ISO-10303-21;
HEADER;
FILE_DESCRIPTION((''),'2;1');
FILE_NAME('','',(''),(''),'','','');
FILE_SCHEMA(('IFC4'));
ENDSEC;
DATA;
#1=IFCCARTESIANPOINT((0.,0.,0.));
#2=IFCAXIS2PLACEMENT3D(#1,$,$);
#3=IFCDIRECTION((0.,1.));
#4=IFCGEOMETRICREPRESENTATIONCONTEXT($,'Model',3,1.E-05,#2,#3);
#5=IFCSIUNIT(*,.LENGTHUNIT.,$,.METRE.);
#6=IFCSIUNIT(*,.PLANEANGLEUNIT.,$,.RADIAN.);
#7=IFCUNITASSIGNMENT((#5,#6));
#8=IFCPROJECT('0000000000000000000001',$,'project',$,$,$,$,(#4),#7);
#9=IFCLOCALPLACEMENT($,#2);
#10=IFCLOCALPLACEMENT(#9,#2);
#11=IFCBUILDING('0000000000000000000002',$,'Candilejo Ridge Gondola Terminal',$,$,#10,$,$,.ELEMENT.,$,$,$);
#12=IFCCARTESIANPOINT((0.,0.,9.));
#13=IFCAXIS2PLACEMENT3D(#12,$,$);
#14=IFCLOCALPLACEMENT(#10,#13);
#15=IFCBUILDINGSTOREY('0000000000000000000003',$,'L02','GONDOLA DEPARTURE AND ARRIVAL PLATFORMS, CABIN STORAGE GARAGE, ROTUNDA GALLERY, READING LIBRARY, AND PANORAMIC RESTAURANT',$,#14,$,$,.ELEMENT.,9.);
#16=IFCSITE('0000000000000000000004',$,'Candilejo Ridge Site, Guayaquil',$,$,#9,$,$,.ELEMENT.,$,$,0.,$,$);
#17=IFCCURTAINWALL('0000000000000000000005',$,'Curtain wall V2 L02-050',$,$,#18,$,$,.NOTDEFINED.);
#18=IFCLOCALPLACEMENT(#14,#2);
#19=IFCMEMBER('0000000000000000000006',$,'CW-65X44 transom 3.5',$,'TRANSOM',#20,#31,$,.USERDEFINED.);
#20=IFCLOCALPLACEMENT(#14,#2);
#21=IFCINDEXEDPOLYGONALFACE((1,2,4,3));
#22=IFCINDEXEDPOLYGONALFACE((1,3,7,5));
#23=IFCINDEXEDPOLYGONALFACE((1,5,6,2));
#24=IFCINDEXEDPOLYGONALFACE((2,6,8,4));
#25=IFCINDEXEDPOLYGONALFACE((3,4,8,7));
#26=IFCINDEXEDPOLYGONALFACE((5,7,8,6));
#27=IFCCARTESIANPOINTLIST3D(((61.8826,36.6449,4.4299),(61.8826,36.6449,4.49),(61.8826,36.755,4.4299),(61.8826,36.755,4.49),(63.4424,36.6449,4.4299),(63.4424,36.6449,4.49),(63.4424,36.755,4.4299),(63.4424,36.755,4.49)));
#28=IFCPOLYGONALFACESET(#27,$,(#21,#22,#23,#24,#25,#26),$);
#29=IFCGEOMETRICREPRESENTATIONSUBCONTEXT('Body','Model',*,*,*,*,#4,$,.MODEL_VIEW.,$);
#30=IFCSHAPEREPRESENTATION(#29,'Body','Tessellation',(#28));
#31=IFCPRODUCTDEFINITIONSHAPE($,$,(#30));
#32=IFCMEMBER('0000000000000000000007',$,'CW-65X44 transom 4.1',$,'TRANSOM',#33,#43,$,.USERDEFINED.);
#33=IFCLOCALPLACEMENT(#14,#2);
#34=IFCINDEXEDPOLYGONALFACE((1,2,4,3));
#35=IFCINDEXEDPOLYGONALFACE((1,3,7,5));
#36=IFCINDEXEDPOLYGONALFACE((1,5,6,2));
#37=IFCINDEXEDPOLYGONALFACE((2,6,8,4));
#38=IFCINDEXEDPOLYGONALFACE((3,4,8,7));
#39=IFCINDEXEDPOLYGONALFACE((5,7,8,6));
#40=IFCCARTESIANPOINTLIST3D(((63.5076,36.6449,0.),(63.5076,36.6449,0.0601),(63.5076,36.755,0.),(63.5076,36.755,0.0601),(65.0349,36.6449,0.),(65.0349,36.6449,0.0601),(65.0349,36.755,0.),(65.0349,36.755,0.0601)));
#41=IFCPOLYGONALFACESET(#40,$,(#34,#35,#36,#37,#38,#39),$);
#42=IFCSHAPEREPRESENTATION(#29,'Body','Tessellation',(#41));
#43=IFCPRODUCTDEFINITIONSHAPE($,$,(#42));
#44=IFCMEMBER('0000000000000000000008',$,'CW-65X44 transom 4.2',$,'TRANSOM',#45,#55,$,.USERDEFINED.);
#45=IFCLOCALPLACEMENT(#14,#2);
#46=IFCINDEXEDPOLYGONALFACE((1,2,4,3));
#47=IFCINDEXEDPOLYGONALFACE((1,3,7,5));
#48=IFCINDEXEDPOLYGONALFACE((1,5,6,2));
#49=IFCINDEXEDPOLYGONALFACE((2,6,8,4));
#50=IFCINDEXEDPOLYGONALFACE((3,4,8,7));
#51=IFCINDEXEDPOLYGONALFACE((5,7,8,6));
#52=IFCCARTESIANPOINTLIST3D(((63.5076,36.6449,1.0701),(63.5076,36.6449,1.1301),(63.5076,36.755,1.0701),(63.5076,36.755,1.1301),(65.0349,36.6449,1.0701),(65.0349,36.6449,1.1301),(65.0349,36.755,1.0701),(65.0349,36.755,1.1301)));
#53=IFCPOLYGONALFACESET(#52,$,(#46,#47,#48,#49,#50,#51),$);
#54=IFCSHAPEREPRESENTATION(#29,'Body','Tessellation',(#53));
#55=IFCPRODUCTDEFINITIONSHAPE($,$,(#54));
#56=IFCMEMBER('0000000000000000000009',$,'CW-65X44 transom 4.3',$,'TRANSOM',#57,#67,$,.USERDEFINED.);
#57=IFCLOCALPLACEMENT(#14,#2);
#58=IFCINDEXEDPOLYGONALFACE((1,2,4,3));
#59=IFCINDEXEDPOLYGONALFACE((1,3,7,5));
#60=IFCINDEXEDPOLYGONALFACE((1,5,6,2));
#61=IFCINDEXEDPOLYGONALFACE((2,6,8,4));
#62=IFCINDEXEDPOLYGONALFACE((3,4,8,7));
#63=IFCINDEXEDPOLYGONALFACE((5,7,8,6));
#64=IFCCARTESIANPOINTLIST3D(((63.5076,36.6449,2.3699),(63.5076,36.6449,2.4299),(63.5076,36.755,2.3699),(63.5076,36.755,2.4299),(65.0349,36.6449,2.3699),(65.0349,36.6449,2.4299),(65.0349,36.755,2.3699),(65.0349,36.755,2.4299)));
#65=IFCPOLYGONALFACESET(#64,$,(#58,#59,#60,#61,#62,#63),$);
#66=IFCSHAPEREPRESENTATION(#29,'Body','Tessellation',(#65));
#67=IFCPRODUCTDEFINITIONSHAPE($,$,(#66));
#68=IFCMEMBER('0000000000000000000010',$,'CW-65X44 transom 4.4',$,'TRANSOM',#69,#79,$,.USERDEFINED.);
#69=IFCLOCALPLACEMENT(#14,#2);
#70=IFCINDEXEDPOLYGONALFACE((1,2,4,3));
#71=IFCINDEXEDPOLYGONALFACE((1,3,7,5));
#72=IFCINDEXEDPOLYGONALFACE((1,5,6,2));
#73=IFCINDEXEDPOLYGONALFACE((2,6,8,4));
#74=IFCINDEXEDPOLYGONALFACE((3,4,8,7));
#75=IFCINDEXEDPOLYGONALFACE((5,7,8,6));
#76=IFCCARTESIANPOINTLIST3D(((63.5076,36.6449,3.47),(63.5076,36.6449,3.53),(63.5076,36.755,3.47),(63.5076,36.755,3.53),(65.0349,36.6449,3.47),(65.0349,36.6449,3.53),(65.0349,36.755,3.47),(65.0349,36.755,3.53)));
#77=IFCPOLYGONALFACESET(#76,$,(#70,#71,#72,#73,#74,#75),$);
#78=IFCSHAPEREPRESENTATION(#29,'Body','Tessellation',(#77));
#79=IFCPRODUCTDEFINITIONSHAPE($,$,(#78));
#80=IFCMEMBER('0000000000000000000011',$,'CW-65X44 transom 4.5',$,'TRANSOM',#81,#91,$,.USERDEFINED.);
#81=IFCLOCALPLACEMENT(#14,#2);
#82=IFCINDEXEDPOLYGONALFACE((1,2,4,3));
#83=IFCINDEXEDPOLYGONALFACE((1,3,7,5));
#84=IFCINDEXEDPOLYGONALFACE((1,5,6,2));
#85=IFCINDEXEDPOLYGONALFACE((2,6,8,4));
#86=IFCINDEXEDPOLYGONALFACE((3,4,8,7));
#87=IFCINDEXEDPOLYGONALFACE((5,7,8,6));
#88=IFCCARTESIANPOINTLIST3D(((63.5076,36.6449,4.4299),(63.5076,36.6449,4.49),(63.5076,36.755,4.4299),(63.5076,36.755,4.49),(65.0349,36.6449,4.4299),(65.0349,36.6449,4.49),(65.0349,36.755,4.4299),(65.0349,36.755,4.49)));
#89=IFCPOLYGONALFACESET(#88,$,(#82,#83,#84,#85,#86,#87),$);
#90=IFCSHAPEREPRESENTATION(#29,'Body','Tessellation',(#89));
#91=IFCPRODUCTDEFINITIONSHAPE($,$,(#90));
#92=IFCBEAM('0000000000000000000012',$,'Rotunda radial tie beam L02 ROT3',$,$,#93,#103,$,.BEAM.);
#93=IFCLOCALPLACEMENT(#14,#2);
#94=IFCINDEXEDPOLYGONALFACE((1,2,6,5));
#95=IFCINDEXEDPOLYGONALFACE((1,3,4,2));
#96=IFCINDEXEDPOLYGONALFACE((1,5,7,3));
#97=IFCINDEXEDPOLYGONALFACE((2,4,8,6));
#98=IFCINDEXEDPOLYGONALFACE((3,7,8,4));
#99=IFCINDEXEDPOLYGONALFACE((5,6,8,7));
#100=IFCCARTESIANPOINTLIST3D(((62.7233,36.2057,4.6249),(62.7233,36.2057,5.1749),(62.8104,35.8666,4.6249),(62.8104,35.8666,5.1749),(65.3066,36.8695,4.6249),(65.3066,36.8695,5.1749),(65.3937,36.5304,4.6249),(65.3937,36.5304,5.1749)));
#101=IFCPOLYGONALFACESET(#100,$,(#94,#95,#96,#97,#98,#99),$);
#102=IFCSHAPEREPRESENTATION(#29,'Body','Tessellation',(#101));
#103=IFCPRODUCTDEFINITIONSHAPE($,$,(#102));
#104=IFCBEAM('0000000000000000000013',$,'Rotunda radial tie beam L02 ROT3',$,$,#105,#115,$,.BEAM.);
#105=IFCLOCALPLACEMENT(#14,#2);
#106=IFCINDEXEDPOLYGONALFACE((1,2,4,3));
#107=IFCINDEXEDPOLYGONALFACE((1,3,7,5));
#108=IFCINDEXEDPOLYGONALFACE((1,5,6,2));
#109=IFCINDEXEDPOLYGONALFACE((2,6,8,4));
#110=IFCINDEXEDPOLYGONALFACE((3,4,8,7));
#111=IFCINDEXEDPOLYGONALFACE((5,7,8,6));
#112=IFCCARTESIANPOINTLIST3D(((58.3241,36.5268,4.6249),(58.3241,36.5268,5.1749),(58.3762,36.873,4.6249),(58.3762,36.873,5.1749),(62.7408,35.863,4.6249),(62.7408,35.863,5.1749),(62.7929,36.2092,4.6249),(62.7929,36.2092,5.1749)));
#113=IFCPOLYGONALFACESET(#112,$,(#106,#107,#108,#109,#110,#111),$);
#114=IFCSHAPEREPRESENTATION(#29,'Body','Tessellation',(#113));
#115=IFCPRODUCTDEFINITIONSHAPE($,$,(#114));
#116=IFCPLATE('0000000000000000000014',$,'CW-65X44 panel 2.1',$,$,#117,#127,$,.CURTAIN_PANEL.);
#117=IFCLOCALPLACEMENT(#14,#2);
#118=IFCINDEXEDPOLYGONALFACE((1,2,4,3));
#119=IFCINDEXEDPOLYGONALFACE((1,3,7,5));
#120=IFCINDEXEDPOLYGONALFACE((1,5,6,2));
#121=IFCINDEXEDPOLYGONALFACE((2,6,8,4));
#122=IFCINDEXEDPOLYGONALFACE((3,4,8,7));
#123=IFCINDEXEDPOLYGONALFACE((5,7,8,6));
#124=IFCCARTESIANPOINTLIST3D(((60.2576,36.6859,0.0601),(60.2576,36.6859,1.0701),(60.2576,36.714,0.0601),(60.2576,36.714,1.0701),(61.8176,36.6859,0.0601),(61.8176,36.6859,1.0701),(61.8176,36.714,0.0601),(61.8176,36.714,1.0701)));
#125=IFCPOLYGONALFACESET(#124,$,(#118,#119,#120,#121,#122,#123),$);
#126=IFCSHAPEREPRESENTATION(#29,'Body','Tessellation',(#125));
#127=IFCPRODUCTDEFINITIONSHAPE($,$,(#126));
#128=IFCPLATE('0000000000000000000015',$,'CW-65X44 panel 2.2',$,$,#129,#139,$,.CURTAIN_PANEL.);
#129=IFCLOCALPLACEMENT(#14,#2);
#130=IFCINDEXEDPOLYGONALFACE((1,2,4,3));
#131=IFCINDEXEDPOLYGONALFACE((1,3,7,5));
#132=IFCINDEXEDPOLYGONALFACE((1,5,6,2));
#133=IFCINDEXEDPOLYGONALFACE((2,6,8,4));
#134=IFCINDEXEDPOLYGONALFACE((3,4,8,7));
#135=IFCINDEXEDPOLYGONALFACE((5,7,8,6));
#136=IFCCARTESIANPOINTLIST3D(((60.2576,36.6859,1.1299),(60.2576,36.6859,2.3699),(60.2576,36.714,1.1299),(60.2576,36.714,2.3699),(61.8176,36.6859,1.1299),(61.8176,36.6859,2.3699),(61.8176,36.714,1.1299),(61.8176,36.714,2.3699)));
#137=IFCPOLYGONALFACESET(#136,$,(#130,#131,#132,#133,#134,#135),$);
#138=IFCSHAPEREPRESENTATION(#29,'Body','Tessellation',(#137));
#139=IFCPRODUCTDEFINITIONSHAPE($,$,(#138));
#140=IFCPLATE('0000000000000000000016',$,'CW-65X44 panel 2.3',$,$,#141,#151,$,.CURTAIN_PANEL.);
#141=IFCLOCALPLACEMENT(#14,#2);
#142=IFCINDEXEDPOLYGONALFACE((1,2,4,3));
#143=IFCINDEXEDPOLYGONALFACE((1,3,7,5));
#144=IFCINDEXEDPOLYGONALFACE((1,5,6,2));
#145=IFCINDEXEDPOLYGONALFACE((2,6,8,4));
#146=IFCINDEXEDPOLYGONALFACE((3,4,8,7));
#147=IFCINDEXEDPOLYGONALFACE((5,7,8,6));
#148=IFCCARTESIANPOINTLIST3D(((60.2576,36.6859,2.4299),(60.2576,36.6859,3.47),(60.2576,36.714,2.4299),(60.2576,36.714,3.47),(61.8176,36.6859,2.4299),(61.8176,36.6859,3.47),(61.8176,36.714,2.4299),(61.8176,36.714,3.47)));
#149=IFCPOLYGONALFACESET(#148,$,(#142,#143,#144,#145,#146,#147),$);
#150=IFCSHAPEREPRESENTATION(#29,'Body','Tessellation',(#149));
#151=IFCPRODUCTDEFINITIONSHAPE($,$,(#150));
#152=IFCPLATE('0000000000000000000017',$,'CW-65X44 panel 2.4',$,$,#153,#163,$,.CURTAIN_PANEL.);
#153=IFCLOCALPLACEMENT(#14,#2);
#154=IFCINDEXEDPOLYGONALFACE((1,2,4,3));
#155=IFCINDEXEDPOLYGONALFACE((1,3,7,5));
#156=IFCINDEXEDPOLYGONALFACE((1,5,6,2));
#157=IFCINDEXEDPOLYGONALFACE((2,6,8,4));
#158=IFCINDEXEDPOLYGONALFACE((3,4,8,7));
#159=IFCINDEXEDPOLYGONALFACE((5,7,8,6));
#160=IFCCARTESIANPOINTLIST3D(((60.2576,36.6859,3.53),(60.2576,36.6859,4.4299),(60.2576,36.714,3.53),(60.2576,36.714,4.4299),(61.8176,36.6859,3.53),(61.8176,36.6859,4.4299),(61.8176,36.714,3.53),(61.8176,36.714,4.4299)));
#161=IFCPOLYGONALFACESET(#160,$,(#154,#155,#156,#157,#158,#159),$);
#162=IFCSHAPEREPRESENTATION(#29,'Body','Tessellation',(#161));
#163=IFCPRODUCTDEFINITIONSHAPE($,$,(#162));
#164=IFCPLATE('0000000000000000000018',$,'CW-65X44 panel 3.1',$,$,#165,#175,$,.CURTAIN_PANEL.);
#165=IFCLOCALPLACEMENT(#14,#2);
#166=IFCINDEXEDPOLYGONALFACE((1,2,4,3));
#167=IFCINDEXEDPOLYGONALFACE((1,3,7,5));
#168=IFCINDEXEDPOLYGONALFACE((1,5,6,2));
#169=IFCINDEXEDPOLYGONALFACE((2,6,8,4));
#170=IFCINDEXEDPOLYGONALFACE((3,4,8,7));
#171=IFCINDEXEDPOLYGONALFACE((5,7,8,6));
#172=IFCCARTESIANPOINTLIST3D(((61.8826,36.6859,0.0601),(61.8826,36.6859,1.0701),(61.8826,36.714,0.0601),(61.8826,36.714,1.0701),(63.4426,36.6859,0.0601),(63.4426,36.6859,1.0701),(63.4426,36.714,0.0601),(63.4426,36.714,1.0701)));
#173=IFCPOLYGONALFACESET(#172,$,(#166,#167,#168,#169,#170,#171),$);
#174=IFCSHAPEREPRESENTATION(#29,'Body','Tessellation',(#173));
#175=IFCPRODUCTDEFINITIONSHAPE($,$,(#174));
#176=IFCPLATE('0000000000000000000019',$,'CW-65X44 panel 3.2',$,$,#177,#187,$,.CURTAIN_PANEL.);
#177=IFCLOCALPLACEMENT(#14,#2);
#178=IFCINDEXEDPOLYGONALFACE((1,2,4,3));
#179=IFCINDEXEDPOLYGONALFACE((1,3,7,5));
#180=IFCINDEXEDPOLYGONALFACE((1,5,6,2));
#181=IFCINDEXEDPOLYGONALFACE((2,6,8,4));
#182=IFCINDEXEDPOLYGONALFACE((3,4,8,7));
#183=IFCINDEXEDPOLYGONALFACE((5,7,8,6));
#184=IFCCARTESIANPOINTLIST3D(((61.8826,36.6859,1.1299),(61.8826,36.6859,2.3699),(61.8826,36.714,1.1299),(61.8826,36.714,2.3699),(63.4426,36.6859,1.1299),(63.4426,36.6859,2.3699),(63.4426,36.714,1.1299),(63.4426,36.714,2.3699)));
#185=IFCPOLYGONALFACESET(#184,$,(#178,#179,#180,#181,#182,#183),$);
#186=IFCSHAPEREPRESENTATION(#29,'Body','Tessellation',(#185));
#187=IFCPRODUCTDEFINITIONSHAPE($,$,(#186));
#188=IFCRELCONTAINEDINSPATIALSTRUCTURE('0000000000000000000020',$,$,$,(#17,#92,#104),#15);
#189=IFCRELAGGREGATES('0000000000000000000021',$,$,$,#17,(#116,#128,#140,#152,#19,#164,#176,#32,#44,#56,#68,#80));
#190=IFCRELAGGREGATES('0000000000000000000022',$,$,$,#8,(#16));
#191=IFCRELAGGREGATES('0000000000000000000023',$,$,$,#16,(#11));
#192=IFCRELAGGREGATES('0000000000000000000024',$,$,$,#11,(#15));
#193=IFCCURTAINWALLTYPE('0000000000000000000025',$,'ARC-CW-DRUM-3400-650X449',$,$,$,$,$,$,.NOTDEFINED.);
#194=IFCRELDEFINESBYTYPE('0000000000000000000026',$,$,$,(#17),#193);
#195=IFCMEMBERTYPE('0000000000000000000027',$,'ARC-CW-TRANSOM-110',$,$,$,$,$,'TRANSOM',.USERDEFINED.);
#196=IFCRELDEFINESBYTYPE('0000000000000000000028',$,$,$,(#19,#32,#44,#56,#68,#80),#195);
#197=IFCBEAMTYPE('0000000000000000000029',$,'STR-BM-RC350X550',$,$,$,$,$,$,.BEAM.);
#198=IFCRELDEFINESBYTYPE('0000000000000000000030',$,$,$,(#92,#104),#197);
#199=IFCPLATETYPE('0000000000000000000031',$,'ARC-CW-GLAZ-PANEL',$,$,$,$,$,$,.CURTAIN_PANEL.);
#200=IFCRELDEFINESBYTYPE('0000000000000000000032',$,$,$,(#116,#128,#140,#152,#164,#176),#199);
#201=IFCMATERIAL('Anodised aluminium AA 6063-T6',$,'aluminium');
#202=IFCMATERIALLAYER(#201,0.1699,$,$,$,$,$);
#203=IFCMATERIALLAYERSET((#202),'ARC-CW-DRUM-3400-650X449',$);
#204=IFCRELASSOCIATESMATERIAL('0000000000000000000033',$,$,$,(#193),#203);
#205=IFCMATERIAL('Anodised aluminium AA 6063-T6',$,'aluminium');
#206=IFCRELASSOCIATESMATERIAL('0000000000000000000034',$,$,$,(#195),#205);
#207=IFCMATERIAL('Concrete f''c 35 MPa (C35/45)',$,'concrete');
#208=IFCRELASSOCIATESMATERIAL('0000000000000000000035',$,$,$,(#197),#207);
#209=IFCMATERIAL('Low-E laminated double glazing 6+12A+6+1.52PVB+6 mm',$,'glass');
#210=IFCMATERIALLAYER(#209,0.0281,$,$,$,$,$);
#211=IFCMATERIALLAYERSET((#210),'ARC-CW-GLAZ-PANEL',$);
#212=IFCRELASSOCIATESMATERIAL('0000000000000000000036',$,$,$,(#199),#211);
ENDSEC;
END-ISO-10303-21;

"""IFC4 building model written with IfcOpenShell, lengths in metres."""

from ifc_helpers import new_model, si_unit, direction, frame, origin, origin_2d, place, context, subcontext, project, spatial, rectangle, extrude, material, layer, layer_set, material_profile, profile_set, type_object, element, aggregate, save


model = new_model("IFC4")

# Units and contexts
model_context = context("Model", 3, precision=1e-05, world=origin(), true_north=direction((0.0, 1.0)))
body_context = subcontext(model_context, "Body", "Model", "MODEL_VIEW")
ifc_project = project(units=[si_unit("LENGTHUNIT", "METRE"), si_unit("PLANEANGLEUNIT", "RADIAN")], contexts=[model_context])

# Site, building, storey
site_placement = place(None, origin())
site = spatial("IfcSite", under=ifc_project, at=site_placement, Name="Candilejo Ridge Site, Guayaquil", CompositionType="ELEMENT", RefElevation=0.0)
building_placement = place(site_placement, origin())
building = spatial("IfcBuilding", under=site, at=building_placement, Name="Candilejo Ridge Gondola Terminal", CompositionType="ELEMENT")
storey_placement = place(building_placement, frame((0.0, 0.0, 9.0)))
storey = spatial("IfcBuildingStorey", under=building, at=storey_placement, Name="L02", Description="GONDOLA DEPARTURE AND ARRIVAL PLATFORMS, CABIN STORAGE GARAGE, ROTUNDA GALLERY, READING LIBRARY, AND PANORAMIC RESTAURANT", CompositionType="ELEMENT", Elevation=9.0)

# Curtain wall, members
ifc_material_1 = material(Name="Anodised aluminium AA 6063-T6", Category="aluminium")
ifc_layer_1 = layer(ifc_material_1, 0.1699)
ifc_layer_set_1 = layer_set([ifc_layer_1], Name="ARC-CW-DRUM-3400-650X449")
curtain_wall_type = type_object("IfcCurtainWallType", Name="ARC-CW-DRUM-3400-650X449", PredefinedType="NOTDEFINED", material=ifc_layer_set_1)
curtain_wall_placement = place(storey_placement, origin())
curtain_wall = element("IfcCurtainWall", 1, at=curtain_wall_placement, inside=storey, type_object=curtain_wall_type, Name="Curtain wall V2 L02-050", PredefinedType="NOTDEFINED")
ifc_material_2 = material(Name="Anodised aluminium AA 6063-T6", Category="aluminium")
ifc_material_profile_1 = material_profile(ifc_material_2, rectangle(XDim=0.1101, YDim=0.0601, at=origin_2d()))
ifc_profile_set_1 = profile_set([ifc_material_profile_1], Name="Anodised aluminium AA 6063-T6")
member_type_1 = type_object("IfcMemberType", Name="ARC-CW-TRANSOM-110", ElementType="TRANSOM", PredefinedType="USERDEFINED", material=ifc_profile_set_1)
member_1_placement = place(storey_placement, frame((61.8826, 36.7, 4.46), z_axis=(1.0, 0.0, 0.0), x_axis=(0.0, 1.0, 0.0)))
member_1 = element("IfcMember", 2, at=member_1_placement, type_object=member_type_1, Name="CW-65X44 transom 3.5", ObjectType="TRANSOM", PredefinedType="USERDEFINED", context=body_context, shape_type="SweptSolid", body=[
    extrude(rectangle(XDim=0.1101, YDim=0.0601, at=origin_2d()), origin(), (0.0, 0.0, 1.0), 1.5598),
])
member_2_placement = place(storey_placement, frame((63.5076, 36.7, 0.03), z_axis=(1.0, 0.0, 0.0), x_axis=(0.0, 1.0, 0.0)))
member_2 = element("IfcMember", 3, at=member_2_placement, type_object=member_type_1, Name="CW-65X44 transom 4.1", ObjectType="TRANSOM", PredefinedType="USERDEFINED", context=body_context, shape_type="SweptSolid", body=[
    extrude(rectangle(XDim=0.1101, YDim=0.0601, at=origin_2d()), origin(), (0.0, 0.0, 1.0), 1.5273),
])
member_3_placement = place(storey_placement, frame((63.5076, 36.7, 1.1001), z_axis=(1.0, 0.0, 0.0), x_axis=(0.0, 1.0, 0.0)))
member_3 = element("IfcMember", 4, at=member_3_placement, type_object=member_type_1, Name="CW-65X44 transom 4.2", ObjectType="TRANSOM", PredefinedType="USERDEFINED", context=body_context, shape_type="SweptSolid", body=[
    extrude(rectangle(XDim=0.1101, YDim=0.0601, at=origin_2d()), origin(), (0.0, 0.0, 1.0), 1.5273),
])
member_4_placement = place(storey_placement, frame((63.5076, 36.7, 2.3999), z_axis=(1.0, 0.0, 0.0), x_axis=(0.0, 1.0, 0.0)))
member_4 = element("IfcMember", 5, at=member_4_placement, type_object=member_type_1, Name="CW-65X44 transom 4.3", ObjectType="TRANSOM", PredefinedType="USERDEFINED", context=body_context, shape_type="SweptSolid", body=[
    extrude(rectangle(XDim=0.1101, YDim=0.0601, at=origin_2d()), origin(), (0.0, 0.0, 1.0), 1.5273),
])
member_5_placement = place(storey_placement, frame((63.5076, 36.7, 3.5), z_axis=(1.0, 0.0, 0.0), x_axis=(0.0, 1.0, 0.0)))
member_5 = element("IfcMember", 6, at=member_5_placement, type_object=member_type_1, Name="CW-65X44 transom 4.4", ObjectType="TRANSOM", PredefinedType="USERDEFINED", context=body_context, shape_type="SweptSolid", body=[
    extrude(rectangle(XDim=0.1101, YDim=0.0601, at=origin_2d()), origin(), (0.0, 0.0, 1.0), 1.5273),
])
member_6_placement = place(storey_placement, frame((63.5076, 36.7, 4.46), z_axis=(1.0, 0.0, 0.0), x_axis=(0.0, 1.0, 0.0)))
member_6 = element("IfcMember", 7, at=member_6_placement, type_object=member_type_1, Name="CW-65X44 transom 4.5", ObjectType="TRANSOM", PredefinedType="USERDEFINED", context=body_context, shape_type="SweptSolid", body=[
    extrude(rectangle(XDim=0.1101, YDim=0.0601, at=origin_2d()), origin(), (0.0, 0.0, 1.0), 1.5273),
])

# Beams
ifc_material_3 = material(Name="Concrete f'c 35 MPa (C35/45)", Category="concrete")
ifc_material_profile_2 = material_profile(ifc_material_3, rectangle(XDim=0.3501, YDim=0.55, at=origin_2d()))
ifc_profile_set_2 = profile_set([ifc_material_profile_2], Name="Concrete f'c 35 MPa (C35/45)")
beam_type = type_object("IfcBeamType", Name="STR-BM-RC350X550", PredefinedType="BEAM", material=ifc_profile_set_2)
beam_1_placement = place(storey_placement, frame((62.7668, 36.0361, 4.8999), z_axis=(0.968533, 0.248884, 0.0), x_axis=(-0.248884, 0.968533, 0.0)))
element("IfcBeam", 8, at=beam_1_placement, inside=storey, type_object=beam_type, Name="Rotunda radial tie beam L02 ROT3", PredefinedType="BEAM", context=body_context, shape_type="SweptSolid", body=[
    extrude(rectangle(XDim=0.3501, YDim=0.55, at=origin_2d()), origin(), (0.0, 0.0, 1.0), 2.6672),
])
beam_2_placement = place(storey_placement, frame((62.7668, 36.0361, 4.8999), z_axis=(-0.988893, 0.148626, 0.0), x_axis=(-0.148626, -0.988893, 0.0)))
element("IfcBeam", 9, at=beam_2_placement, inside=storey, type_object=beam_type, Name="Rotunda radial tie beam L02 ROT3", PredefinedType="BEAM", context=body_context, shape_type="SweptSolid", body=[
    extrude(rectangle(XDim=0.3501, YDim=0.55, at=origin_2d()), origin(), (0.0, 0.0, 1.0), 4.4663),
])

# Plates
ifc_material_4 = material(Name="Low-E laminated double glazing 6+12A+6+1.52PVB+6 mm", Category="glass")
ifc_layer_2 = layer(ifc_material_4, 0.0281)
ifc_layer_set_2 = layer_set([ifc_layer_2], Name="ARC-CW-GLAZ-PANEL")
plate_type_1 = type_object("IfcPlateType", Name="ARC-CW-GLAZ-PANEL", PredefinedType="CURTAIN_PANEL", material=ifc_layer_set_2)
plate_1_placement = place(storey_placement, frame((61.0376, 36.7, 0.0601), z_axis=(0.0, 0.0, 1.0), x_axis=(1.0, 0.0, 0.0)))
plate_1 = element("IfcPlate", 10, at=plate_1_placement, type_object=plate_type_1, Name="CW-65X44 panel 2.1", PredefinedType="CURTAIN_PANEL", context=body_context, shape_type="SweptSolid", body=[
    extrude(rectangle(XDim=1.5601, YDim=0.0281, at=origin_2d()), origin(), (0.0, 0.0, 1.0), 1.01),
])
plate_2_placement = place(storey_placement, frame((61.0376, 36.7, 1.1299), z_axis=(0.0, 0.0, 1.0), x_axis=(1.0, 0.0, 0.0)))
plate_2 = element("IfcPlate", 11, at=plate_2_placement, type_object=plate_type_1, Name="CW-65X44 panel 2.2", PredefinedType="CURTAIN_PANEL", context=body_context, shape_type="SweptSolid", body=[
    extrude(rectangle(XDim=1.5601, YDim=0.0281, at=origin_2d()), origin(), (0.0, 0.0, 1.0), 1.24),
])
plate_3_placement = place(storey_placement, frame((61.0376, 36.7, 2.4299), z_axis=(0.0, 0.0, 1.0), x_axis=(1.0, 0.0, 0.0)))
plate_3 = element("IfcPlate", 12, at=plate_3_placement, type_object=plate_type_1, Name="CW-65X44 panel 2.3", PredefinedType="CURTAIN_PANEL", context=body_context, shape_type="SweptSolid", body=[
    extrude(rectangle(XDim=1.5601, YDim=0.0281, at=origin_2d()), origin(), (0.0, 0.0, 1.0), 1.04),
])
plate_4_placement = place(storey_placement, frame((61.0376, 36.7, 3.53), z_axis=(0.0, 0.0, 1.0), x_axis=(1.0, 0.0, 0.0)))
plate_4 = element("IfcPlate", 13, at=plate_4_placement, type_object=plate_type_1, Name="CW-65X44 panel 2.4", PredefinedType="CURTAIN_PANEL", context=body_context, shape_type="SweptSolid", body=[
    extrude(rectangle(XDim=1.5601, YDim=0.0281, at=origin_2d()), origin(), (0.0, 0.0, 1.0), 0.8999),
])
plate_5_placement = place(storey_placement, frame((62.6626, 36.7, 0.0601), z_axis=(0.0, 0.0, 1.0), x_axis=(1.0, 0.0, 0.0)))
plate_5 = element("IfcPlate", 14, at=plate_5_placement, type_object=plate_type_1, Name="CW-65X44 panel 3.1", PredefinedType="CURTAIN_PANEL", context=body_context, shape_type="SweptSolid", body=[
    extrude(rectangle(XDim=1.5601, YDim=0.0281, at=origin_2d()), origin(), (0.0, 0.0, 1.0), 1.01),
])
plate_6_placement = place(storey_placement, frame((62.6626, 36.7, 1.1299), z_axis=(0.0, 0.0, 1.0), x_axis=(1.0, 0.0, 0.0)))
plate_6 = element("IfcPlate", 15, at=plate_6_placement, type_object=plate_type_1, Name="CW-65X44 panel 3.2", PredefinedType="CURTAIN_PANEL", context=body_context, shape_type="SweptSolid", body=[
    extrude(rectangle(XDim=1.5601, YDim=0.0281, at=origin_2d()), origin(), (0.0, 0.0, 1.0), 1.24),
])
aggregate(curtain_wall, [plate_1, plate_2, plate_3, plate_4, member_1, plate_5, plate_6, member_2, member_3, member_4, member_5, member_6])

save(model, "model.ifc")
